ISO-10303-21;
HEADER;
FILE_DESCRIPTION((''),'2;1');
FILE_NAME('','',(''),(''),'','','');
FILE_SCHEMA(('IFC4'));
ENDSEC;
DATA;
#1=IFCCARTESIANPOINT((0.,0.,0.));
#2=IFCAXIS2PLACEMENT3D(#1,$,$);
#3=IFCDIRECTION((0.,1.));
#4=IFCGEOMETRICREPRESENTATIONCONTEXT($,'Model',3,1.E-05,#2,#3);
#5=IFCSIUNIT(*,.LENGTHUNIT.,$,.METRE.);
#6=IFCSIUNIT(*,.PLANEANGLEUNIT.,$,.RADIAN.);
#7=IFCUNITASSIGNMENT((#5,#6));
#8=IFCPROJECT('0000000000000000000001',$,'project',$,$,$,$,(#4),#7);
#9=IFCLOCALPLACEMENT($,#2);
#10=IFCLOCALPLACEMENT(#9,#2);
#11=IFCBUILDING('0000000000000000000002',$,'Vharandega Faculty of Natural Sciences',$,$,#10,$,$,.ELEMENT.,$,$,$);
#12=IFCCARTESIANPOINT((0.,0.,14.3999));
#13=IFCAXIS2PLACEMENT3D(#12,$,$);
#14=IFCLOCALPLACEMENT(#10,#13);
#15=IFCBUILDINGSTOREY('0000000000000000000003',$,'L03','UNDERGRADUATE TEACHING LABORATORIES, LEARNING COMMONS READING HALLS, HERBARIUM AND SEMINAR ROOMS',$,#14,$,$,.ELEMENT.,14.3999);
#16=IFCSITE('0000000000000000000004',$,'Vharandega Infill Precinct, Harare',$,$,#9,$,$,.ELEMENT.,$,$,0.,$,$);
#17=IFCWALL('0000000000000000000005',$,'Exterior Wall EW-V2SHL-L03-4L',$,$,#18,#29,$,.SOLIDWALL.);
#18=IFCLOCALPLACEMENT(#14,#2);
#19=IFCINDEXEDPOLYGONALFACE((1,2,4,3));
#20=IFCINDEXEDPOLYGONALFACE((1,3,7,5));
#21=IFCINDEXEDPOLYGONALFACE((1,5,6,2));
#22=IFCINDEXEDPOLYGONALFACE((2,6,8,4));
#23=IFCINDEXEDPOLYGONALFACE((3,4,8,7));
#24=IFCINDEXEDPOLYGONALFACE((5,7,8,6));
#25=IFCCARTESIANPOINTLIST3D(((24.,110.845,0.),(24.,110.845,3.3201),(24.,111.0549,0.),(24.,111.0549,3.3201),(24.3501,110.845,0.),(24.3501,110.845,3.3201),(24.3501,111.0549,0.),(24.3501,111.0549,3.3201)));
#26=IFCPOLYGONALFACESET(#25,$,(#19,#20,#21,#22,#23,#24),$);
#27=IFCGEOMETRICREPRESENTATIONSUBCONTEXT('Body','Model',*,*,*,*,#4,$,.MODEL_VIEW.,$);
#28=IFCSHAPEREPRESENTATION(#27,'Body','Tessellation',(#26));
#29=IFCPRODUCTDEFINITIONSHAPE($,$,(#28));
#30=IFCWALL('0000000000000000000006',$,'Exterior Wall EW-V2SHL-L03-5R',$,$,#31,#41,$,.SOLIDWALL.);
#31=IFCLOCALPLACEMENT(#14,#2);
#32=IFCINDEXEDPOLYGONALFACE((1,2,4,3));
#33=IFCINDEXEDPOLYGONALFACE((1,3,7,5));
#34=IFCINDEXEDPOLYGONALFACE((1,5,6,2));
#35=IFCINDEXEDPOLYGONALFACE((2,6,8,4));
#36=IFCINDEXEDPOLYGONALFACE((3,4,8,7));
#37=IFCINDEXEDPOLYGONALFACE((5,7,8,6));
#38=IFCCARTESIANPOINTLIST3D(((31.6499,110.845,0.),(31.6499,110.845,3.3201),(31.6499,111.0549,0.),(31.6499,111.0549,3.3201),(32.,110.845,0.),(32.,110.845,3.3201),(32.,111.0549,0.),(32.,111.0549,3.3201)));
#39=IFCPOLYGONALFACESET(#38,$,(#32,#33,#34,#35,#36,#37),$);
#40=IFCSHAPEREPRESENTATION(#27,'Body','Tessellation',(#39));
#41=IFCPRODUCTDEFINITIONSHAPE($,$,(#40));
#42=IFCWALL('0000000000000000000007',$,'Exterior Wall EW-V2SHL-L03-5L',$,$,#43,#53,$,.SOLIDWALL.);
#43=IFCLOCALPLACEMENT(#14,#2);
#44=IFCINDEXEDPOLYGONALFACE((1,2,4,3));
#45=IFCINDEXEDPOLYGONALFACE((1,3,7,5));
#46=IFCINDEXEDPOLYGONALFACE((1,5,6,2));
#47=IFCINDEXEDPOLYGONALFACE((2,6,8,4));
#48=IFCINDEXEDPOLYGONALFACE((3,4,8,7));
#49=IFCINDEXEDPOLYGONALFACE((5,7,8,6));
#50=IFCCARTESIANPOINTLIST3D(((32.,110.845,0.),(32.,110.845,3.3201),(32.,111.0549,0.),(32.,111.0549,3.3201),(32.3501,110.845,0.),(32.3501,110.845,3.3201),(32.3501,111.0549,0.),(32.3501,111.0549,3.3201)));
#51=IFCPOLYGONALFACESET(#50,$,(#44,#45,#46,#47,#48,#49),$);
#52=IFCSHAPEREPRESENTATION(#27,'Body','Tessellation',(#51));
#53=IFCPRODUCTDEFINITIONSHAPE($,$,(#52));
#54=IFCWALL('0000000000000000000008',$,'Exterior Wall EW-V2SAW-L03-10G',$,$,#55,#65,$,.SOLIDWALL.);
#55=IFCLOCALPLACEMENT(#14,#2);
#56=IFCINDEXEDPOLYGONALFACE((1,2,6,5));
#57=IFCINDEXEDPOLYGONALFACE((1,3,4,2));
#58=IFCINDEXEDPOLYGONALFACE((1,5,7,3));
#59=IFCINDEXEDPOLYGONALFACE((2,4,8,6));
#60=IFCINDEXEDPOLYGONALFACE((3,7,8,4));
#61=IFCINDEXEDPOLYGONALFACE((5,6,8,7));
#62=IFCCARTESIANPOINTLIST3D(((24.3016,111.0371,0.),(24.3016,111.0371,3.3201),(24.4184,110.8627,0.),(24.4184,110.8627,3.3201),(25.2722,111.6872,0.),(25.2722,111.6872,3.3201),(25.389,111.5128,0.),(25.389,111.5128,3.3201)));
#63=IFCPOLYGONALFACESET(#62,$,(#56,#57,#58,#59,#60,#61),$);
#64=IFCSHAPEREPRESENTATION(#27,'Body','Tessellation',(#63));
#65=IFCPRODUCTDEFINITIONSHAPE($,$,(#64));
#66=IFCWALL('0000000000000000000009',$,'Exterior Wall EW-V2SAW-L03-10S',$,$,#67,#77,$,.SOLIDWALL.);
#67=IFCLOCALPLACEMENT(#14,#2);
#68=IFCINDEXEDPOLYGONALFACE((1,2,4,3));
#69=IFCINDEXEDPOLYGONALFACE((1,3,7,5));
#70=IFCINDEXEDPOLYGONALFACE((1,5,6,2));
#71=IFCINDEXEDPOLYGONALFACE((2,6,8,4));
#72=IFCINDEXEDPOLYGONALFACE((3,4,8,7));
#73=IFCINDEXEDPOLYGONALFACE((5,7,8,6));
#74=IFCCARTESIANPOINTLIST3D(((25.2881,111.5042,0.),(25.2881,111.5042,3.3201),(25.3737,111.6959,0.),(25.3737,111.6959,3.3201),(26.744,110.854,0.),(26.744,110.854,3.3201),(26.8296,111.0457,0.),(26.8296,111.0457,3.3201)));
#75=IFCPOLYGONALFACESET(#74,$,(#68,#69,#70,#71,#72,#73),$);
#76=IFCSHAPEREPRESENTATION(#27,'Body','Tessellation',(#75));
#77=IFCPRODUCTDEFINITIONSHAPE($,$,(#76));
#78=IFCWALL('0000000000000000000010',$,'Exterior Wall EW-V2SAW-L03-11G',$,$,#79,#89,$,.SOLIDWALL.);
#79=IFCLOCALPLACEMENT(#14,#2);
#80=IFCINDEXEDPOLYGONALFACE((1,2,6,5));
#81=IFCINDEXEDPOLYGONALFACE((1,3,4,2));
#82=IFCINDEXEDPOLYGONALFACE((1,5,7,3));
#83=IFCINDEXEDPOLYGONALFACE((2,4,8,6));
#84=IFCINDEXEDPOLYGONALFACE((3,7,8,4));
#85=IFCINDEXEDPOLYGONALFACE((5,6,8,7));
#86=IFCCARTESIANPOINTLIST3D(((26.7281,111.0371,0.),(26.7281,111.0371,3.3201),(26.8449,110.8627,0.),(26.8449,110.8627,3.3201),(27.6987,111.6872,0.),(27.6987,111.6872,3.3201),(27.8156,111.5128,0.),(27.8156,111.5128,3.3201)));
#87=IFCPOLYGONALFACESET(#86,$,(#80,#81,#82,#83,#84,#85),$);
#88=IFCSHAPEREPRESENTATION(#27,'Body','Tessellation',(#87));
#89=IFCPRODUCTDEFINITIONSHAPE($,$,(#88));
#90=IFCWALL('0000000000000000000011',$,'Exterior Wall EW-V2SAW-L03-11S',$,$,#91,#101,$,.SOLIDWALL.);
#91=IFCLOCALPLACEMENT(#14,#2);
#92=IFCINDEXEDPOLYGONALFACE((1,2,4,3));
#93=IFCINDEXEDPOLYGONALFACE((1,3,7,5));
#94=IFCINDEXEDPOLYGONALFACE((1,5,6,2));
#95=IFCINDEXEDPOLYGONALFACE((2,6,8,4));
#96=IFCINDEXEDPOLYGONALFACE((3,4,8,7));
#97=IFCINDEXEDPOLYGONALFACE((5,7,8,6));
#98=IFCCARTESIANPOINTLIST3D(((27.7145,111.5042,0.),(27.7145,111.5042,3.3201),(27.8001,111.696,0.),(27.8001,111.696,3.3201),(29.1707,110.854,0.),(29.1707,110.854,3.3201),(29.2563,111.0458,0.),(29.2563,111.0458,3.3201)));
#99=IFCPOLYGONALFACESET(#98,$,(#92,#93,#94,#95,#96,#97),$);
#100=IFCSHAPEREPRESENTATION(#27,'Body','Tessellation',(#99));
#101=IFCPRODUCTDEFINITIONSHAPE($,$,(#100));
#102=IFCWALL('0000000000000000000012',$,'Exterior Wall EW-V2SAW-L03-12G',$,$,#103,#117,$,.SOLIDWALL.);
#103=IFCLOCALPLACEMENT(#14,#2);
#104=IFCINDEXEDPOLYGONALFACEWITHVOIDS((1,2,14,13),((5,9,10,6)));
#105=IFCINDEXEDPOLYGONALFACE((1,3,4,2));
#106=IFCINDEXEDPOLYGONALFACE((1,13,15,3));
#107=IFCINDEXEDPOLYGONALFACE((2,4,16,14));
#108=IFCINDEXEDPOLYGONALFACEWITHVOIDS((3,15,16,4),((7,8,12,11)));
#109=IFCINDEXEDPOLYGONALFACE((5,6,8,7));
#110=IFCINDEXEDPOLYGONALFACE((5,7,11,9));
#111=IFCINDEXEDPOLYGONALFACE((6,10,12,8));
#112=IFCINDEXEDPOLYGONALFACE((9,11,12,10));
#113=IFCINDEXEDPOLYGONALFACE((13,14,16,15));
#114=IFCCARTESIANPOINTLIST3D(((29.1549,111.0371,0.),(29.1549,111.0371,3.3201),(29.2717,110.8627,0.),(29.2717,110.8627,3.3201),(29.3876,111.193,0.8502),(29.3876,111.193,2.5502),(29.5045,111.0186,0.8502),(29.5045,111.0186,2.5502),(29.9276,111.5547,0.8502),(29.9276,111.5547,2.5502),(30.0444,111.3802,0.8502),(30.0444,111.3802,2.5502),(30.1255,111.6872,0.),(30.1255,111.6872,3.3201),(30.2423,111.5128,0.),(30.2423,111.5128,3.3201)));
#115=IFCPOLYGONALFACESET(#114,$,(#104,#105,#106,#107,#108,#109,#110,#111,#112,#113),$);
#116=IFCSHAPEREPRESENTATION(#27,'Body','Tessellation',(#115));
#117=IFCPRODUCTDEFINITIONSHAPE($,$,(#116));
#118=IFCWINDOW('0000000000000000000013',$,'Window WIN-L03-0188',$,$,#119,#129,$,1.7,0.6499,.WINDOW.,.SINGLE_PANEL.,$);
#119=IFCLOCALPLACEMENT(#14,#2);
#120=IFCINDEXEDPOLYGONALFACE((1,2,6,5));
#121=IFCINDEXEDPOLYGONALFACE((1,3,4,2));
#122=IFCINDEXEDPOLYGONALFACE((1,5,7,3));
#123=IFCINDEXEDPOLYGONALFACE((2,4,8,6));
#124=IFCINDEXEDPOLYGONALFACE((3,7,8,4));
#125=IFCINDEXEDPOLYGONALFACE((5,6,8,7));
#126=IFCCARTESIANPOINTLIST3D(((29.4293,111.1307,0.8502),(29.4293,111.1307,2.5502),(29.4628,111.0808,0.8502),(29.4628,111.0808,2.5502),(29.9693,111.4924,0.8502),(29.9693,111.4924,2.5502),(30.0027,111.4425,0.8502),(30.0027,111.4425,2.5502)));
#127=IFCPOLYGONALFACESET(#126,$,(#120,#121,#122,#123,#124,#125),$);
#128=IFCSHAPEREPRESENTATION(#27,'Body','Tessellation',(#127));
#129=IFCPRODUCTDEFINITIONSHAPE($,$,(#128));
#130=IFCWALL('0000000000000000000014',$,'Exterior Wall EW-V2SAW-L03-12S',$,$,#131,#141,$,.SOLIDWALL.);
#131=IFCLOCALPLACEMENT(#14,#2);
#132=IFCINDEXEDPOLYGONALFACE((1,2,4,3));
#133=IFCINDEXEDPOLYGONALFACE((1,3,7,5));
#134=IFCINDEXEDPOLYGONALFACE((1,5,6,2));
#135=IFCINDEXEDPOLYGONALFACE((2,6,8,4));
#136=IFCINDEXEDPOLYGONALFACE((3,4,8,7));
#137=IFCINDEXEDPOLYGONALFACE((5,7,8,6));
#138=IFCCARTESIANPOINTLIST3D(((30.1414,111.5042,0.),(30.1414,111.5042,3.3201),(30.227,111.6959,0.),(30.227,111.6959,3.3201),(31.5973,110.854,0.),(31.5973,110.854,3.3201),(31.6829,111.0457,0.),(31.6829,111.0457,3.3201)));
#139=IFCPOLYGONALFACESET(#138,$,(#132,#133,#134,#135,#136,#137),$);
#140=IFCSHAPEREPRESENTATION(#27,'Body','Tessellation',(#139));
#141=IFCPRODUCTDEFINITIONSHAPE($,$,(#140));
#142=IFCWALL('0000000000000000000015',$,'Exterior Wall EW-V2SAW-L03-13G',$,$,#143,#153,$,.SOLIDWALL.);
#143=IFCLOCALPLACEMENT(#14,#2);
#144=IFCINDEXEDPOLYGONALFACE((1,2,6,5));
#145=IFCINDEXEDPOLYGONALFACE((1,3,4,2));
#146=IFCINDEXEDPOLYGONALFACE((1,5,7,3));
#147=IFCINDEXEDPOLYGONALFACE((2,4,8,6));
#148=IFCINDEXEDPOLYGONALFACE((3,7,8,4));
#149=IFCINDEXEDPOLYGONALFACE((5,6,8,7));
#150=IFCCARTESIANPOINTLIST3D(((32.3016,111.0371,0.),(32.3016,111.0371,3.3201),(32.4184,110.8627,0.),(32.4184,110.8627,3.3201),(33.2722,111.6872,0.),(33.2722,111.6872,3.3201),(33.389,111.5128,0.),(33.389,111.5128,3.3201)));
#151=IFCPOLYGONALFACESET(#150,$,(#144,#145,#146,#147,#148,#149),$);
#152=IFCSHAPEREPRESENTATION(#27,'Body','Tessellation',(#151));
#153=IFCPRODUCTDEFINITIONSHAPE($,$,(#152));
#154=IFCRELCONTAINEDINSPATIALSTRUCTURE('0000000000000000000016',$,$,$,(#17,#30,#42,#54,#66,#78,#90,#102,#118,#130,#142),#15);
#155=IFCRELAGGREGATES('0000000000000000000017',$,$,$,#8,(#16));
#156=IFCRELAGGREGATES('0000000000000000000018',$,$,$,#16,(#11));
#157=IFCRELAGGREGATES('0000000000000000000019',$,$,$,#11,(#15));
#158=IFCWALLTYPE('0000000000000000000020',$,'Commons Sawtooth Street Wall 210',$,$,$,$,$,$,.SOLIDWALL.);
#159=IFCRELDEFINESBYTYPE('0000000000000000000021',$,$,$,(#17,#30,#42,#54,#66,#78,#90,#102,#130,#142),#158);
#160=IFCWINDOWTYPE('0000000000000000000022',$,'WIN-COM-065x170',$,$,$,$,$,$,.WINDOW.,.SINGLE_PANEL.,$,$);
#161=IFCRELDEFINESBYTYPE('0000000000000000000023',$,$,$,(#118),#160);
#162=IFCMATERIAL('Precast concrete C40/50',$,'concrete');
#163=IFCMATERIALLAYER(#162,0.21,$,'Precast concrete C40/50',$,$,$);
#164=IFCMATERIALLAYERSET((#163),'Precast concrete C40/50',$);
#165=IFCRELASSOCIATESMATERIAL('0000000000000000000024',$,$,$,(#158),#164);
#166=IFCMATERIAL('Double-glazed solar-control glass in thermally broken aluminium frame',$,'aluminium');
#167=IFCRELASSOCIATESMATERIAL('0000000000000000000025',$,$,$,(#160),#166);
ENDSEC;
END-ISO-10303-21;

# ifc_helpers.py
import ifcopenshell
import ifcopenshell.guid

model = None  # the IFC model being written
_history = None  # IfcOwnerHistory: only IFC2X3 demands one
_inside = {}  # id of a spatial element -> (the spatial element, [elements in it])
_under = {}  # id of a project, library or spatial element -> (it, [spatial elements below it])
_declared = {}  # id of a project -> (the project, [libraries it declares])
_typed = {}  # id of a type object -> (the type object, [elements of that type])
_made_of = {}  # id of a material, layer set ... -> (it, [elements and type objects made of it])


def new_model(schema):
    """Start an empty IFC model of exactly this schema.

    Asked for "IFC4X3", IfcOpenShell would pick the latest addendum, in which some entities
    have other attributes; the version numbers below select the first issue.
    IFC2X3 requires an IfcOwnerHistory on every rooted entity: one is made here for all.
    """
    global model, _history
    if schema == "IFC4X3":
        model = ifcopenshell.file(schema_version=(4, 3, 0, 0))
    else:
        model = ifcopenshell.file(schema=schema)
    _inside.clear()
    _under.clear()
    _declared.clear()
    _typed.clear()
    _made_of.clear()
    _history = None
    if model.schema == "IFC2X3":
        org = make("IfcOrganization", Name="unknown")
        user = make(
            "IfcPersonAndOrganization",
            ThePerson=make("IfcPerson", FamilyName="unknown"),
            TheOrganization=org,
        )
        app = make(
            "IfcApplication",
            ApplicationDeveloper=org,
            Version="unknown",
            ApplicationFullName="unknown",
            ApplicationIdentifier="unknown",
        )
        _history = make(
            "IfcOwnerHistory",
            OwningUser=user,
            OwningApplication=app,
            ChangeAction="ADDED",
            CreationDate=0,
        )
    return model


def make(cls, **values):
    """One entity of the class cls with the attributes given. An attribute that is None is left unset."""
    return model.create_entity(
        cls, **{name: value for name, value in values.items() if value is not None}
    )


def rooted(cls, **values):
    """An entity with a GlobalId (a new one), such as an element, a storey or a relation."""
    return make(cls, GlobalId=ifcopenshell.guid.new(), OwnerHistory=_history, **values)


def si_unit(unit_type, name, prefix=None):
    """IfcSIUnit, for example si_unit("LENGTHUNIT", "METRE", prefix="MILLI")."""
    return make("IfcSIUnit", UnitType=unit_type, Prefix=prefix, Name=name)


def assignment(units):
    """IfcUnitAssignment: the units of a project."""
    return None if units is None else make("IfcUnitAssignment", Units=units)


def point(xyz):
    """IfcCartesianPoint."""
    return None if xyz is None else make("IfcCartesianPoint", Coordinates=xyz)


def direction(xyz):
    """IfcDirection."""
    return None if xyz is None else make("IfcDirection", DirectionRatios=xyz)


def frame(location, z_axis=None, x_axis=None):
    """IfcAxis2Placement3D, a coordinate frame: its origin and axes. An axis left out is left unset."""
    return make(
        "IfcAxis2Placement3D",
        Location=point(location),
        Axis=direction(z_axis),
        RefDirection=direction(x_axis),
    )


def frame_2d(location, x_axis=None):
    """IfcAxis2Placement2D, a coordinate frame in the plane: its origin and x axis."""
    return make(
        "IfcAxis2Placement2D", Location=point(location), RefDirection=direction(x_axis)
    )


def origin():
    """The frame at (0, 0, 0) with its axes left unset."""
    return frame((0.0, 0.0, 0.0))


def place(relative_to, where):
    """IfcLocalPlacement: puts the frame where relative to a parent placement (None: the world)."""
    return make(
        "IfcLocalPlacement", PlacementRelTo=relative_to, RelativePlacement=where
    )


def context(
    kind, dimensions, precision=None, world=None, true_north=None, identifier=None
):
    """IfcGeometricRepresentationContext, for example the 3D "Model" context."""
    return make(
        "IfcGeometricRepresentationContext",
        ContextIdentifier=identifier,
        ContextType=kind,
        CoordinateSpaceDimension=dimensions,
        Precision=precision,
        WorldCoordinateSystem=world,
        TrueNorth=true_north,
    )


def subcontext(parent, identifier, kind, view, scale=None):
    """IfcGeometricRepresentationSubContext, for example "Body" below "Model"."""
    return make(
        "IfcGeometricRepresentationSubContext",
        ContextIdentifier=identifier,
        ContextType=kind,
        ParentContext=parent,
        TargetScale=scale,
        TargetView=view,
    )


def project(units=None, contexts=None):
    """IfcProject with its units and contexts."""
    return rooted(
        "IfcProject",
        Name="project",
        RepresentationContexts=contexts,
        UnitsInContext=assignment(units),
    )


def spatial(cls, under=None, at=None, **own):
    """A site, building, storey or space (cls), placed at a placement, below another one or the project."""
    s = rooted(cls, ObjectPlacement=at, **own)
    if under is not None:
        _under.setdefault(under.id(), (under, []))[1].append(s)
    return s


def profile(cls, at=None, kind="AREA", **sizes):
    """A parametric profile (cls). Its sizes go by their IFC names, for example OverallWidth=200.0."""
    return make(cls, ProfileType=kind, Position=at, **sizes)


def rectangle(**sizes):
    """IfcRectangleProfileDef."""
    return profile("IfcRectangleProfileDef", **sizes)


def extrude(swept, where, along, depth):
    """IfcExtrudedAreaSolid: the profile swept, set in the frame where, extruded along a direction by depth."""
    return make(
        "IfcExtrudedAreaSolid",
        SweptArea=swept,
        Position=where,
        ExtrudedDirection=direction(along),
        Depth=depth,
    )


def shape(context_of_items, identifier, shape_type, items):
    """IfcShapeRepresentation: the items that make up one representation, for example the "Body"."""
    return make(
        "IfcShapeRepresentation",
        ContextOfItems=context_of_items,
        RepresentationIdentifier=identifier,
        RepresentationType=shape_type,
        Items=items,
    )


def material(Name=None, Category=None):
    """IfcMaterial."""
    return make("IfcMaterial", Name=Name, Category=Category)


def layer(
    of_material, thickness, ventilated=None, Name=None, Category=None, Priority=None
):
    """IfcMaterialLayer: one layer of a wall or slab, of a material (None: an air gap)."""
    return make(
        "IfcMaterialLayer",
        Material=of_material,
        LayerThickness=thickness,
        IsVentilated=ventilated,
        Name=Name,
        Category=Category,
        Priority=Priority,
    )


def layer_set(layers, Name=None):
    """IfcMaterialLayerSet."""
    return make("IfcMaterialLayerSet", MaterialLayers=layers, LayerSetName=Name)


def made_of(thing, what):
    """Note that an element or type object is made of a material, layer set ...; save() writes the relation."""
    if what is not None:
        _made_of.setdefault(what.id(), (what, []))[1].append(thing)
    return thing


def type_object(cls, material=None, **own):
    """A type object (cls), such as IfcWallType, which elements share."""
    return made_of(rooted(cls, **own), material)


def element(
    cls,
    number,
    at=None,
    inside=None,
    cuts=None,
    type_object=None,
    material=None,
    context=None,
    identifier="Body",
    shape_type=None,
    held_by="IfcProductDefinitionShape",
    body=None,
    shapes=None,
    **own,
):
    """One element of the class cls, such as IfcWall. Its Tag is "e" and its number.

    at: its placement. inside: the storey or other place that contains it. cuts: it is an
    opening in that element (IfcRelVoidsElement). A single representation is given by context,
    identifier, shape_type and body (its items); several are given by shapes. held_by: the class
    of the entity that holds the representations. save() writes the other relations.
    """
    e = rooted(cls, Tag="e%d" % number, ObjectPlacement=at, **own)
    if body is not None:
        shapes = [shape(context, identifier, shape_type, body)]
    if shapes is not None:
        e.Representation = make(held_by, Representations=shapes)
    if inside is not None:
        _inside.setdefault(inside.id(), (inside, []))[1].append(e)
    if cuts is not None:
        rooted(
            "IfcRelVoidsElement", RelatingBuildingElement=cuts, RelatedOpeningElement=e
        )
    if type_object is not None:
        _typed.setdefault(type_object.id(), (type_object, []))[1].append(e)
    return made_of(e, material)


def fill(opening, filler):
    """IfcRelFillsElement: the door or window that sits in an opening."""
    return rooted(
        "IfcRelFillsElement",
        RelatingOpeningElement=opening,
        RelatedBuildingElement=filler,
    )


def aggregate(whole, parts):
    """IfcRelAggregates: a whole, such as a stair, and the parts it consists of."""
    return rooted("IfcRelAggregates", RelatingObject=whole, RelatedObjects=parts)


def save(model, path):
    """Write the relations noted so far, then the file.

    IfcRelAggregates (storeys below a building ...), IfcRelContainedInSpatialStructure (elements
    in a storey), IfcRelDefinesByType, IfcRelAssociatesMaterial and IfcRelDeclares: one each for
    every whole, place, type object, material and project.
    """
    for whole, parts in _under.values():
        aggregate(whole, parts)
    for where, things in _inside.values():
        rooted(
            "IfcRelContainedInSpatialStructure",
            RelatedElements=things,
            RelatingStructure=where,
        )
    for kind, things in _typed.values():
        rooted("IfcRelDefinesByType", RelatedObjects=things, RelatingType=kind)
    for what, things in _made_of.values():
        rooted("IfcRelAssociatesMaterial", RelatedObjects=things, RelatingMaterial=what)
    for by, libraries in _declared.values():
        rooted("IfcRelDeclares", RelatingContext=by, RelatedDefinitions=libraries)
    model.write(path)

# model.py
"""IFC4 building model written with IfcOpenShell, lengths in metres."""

from ifc_helpers import new_model, si_unit, direction, frame, frame_2d, origin, place, context, subcontext, project, spatial, rectangle, extrude, material, layer, layer_set, type_object, element, fill, save


model = new_model("IFC4")

# Units and contexts
model_context = context("Model", 3, precision=1e-05, world=origin(), true_north=direction((0.0, 1.0)))
body_context = subcontext(model_context, "Body", "Model", "MODEL_VIEW")
ifc_project = project(units=[si_unit("LENGTHUNIT", "METRE"), si_unit("PLANEANGLEUNIT", "RADIAN")], contexts=[model_context])

# Site, building, storey
site_placement = place(None, origin())
site = spatial("IfcSite", under=ifc_project, at=site_placement, Name="Vharandega Infill Precinct, Harare", CompositionType="ELEMENT", RefElevation=0.0)
building_placement = place(site_placement, origin())
building = spatial("IfcBuilding", under=site, at=building_placement, Name="Vharandega Faculty of Natural Sciences", CompositionType="ELEMENT")
storey_placement = place(building_placement, frame((0.0, 0.0, 14.3999)))
storey = spatial("IfcBuildingStorey", under=building, at=storey_placement, Name="L03", Description="UNDERGRADUATE TEACHING LABORATORIES, LEARNING COMMONS READING HALLS, HERBARIUM AND SEMINAR ROOMS", CompositionType="ELEMENT", Elevation=14.3999)

# Walls
ifc_material_1 = material(Name="Precast concrete C40/50", Category="concrete")
ifc_layer_1 = layer(ifc_material_1, 0.21, Name="Precast concrete C40/50")
ifc_layer_set_1 = layer_set([ifc_layer_1], Name="Precast concrete C40/50")
wall_type = type_object("IfcWallType", Name="Commons Sawtooth Street Wall 210", PredefinedType="SOLIDWALL", material=ifc_layer_set_1)
for number, where, z_axis, x_axis, name in (
    (1, (24.0, 110.95, 0.0), (0.0, 0.0, 1.0), (1.0, 0.0, 0.0), "Exterior Wall EW-V2SHL-L03-4L"),
    (2, (31.6499, 110.95, 0.0), (0.0, 0.0, 1.0), (1.0, 0.0, 0.0), "Exterior Wall EW-V2SHL-L03-5R"),
    (3, (32.0, 110.95, 0.0), (0.0, 0.0, 1.0), (1.0, 0.0, 0.0), "Exterior Wall EW-V2SHL-L03-5L"),
):
    element("IfcWall", number, at=place(storey_placement, frame(where, z_axis=z_axis, x_axis=x_axis)), inside=storey, type_object=wall_type, Name=name, PredefinedType="SOLIDWALL", context=body_context, shape_type="SweptSolid", body=[
        extrude(rectangle(XDim=0.3501, YDim=0.21, at=frame_2d((0.175, 0.0))), origin(), (0.0, 0.0, 1.0), 3.3201),
    ])
wall_1_placement = place(storey_placement, frame((24.3601, 110.95, 0.0), z_axis=(0.0, 0.0, 1.0), x_axis=(0.830859, 0.556483, 0.0)))
element("IfcWall", 4, at=wall_1_placement, inside=storey, type_object=wall_type, Name="Exterior Wall EW-V2SAW-L03-10G", PredefinedType="SOLIDWALL", context=body_context, shape_type="SweptSolid", body=[
    extrude(rectangle(XDim=1.1682, YDim=0.21, at=frame_2d((0.584, 0.0))), origin(), (0.0, 0.0, 1.0), 3.3201),
])
wall_2_placement = place(storey_placement, frame((25.3308, 111.6001, 0.0), z_axis=(0.0, 0.0, 1.0), x_axis=(0.913084, -0.407772, 0.0)))
element("IfcWall", 5, at=wall_2_placement, inside=storey, type_object=wall_type, Name="Exterior Wall EW-V2SAW-L03-10S", PredefinedType="SOLIDWALL", context=body_context, shape_type="SweptSolid", body=[
    extrude(rectangle(XDim=1.5945, YDim=0.21, at=frame_2d((0.7974, 0.0))), origin(), (0.0, 0.0, 1.0), 3.3201),
])
wall_3_placement = place(storey_placement, frame((26.7866, 110.95, 0.0), z_axis=(0.0, 0.0, 1.0), x_axis=(0.830859, 0.556483, 0.0)))
element("IfcWall", 6, at=wall_3_placement, inside=storey, type_object=wall_type, Name="Exterior Wall EW-V2SAW-L03-11G", PredefinedType="SOLIDWALL", context=body_context, shape_type="SweptSolid", body=[
    extrude(rectangle(XDim=1.1682, YDim=0.21, at=frame_2d((0.584, 0.0))), origin(), (0.0, 0.0, 1.0), 3.3201),
])
wall_4_placement = place(storey_placement, frame((27.7573, 111.6001, 0.0), z_axis=(0.0, 0.0, 1.0), x_axis=(0.913109, -0.407715, 0.0)))
element("IfcWall", 7, at=wall_4_placement, inside=storey, type_object=wall_type, Name="Exterior Wall EW-V2SAW-L03-11S", PredefinedType="SOLIDWALL", context=body_context, shape_type="SweptSolid", body=[
    extrude(rectangle(XDim=1.5947, YDim=0.21, at=frame_2d((0.7974, 0.0))), origin(), (0.0, 0.0, 1.0), 3.3201),
])

# Wall, opening, window
wall_5_placement = place(storey_placement, frame((29.2134, 110.95, 0.0), z_axis=(0.0, 0.0, 1.0), x_axis=(0.830859, 0.556483, 0.0)))
wall_5 = element("IfcWall", 8, at=wall_5_placement, inside=storey, type_object=wall_type, Name="Exterior Wall EW-V2SAW-L03-12G", PredefinedType="SOLIDWALL", context=body_context, shape_type="SweptSolid", body=[
    extrude(rectangle(XDim=1.1682, YDim=0.21, at=frame_2d((0.584, 0.0))), origin(), (0.0, 0.0, 1.0), 3.3201),
])
opening_placement = place(wall_5_placement, frame((0.28, 0.0, 0.8501)))
opening = element("IfcOpeningElement", 9, at=opening_placement, cuts=wall_5, PredefinedType="OPENING", context=body_context, shape_type="SweptSolid", body=[
    extrude(rectangle(XDim=0.6499, YDim=1.7, at=frame_2d((0.325, 0.8501))), frame((0.0, 0.115, 0.0), z_axis=(0.0, -1.0, 0.0), x_axis=(1.0, 0.0, 0.0)), (0.0, 0.0, 1.0), 0.23),
])
ifc_material_2 = material(Name="Double-glazed solar-control glass in thermally broken aluminium frame", Category="aluminium")
window_type = type_object("IfcWindowType", Name="WIN-COM-065x170", PartitioningType="SINGLE_PANEL", PredefinedType="WINDOW", material=ifc_material_2)
window_placement = place(opening_placement, origin())
window = element("IfcWindow", 10, at=window_placement, inside=storey, type_object=window_type, Name="Window WIN-L03-0188", OverallHeight=1.7, OverallWidth=0.6499, PartitioningType="SINGLE_PANEL", PredefinedType="WINDOW", context=body_context, shape_type="SweptSolid", body=[
    extrude(rectangle(XDim=0.6499, YDim=1.7, at=frame_2d((0.325, 0.8501))), frame((0.0, 0.03, 0.0), z_axis=(0.0, -1.0, 0.0), x_axis=(1.0, 0.0, 0.0)), (0.0, 0.0, 1.0), 0.0601),
])
fill(opening, window)

# Walls
wall_6_placement = place(storey_placement, frame((30.1841, 111.6001, 0.0), z_axis=(0.0, 0.0, 1.0), x_axis=(0.913084, -0.407772, 0.0)))
element("IfcWall", 11, at=wall_6_placement, inside=storey, type_object=wall_type, Name="Exterior Wall EW-V2SAW-L03-12S", PredefinedType="SOLIDWALL", context=body_context, shape_type="SweptSolid", body=[
    extrude(rectangle(XDim=1.5945, YDim=0.21, at=frame_2d((0.7974, 0.0))), origin(), (0.0, 0.0, 1.0), 3.3201),
])
wall_7_placement = place(storey_placement, frame((32.3601, 110.95, 0.0), z_axis=(0.0, 0.0, 1.0), x_axis=(0.830859, 0.556483, 0.0)))
element("IfcWall", 12, at=wall_7_placement, inside=storey, type_object=wall_type, Name="Exterior Wall EW-V2SAW-L03-13G", PredefinedType="SOLIDWALL", context=body_context, shape_type="SweptSolid", body=[
    extrude(rectangle(XDim=1.1682, YDim=0.21, at=frame_2d((0.584, 0.0))), origin(), (0.0, 0.0, 1.0), 3.3201),
])

save(model, "model.ifc")
